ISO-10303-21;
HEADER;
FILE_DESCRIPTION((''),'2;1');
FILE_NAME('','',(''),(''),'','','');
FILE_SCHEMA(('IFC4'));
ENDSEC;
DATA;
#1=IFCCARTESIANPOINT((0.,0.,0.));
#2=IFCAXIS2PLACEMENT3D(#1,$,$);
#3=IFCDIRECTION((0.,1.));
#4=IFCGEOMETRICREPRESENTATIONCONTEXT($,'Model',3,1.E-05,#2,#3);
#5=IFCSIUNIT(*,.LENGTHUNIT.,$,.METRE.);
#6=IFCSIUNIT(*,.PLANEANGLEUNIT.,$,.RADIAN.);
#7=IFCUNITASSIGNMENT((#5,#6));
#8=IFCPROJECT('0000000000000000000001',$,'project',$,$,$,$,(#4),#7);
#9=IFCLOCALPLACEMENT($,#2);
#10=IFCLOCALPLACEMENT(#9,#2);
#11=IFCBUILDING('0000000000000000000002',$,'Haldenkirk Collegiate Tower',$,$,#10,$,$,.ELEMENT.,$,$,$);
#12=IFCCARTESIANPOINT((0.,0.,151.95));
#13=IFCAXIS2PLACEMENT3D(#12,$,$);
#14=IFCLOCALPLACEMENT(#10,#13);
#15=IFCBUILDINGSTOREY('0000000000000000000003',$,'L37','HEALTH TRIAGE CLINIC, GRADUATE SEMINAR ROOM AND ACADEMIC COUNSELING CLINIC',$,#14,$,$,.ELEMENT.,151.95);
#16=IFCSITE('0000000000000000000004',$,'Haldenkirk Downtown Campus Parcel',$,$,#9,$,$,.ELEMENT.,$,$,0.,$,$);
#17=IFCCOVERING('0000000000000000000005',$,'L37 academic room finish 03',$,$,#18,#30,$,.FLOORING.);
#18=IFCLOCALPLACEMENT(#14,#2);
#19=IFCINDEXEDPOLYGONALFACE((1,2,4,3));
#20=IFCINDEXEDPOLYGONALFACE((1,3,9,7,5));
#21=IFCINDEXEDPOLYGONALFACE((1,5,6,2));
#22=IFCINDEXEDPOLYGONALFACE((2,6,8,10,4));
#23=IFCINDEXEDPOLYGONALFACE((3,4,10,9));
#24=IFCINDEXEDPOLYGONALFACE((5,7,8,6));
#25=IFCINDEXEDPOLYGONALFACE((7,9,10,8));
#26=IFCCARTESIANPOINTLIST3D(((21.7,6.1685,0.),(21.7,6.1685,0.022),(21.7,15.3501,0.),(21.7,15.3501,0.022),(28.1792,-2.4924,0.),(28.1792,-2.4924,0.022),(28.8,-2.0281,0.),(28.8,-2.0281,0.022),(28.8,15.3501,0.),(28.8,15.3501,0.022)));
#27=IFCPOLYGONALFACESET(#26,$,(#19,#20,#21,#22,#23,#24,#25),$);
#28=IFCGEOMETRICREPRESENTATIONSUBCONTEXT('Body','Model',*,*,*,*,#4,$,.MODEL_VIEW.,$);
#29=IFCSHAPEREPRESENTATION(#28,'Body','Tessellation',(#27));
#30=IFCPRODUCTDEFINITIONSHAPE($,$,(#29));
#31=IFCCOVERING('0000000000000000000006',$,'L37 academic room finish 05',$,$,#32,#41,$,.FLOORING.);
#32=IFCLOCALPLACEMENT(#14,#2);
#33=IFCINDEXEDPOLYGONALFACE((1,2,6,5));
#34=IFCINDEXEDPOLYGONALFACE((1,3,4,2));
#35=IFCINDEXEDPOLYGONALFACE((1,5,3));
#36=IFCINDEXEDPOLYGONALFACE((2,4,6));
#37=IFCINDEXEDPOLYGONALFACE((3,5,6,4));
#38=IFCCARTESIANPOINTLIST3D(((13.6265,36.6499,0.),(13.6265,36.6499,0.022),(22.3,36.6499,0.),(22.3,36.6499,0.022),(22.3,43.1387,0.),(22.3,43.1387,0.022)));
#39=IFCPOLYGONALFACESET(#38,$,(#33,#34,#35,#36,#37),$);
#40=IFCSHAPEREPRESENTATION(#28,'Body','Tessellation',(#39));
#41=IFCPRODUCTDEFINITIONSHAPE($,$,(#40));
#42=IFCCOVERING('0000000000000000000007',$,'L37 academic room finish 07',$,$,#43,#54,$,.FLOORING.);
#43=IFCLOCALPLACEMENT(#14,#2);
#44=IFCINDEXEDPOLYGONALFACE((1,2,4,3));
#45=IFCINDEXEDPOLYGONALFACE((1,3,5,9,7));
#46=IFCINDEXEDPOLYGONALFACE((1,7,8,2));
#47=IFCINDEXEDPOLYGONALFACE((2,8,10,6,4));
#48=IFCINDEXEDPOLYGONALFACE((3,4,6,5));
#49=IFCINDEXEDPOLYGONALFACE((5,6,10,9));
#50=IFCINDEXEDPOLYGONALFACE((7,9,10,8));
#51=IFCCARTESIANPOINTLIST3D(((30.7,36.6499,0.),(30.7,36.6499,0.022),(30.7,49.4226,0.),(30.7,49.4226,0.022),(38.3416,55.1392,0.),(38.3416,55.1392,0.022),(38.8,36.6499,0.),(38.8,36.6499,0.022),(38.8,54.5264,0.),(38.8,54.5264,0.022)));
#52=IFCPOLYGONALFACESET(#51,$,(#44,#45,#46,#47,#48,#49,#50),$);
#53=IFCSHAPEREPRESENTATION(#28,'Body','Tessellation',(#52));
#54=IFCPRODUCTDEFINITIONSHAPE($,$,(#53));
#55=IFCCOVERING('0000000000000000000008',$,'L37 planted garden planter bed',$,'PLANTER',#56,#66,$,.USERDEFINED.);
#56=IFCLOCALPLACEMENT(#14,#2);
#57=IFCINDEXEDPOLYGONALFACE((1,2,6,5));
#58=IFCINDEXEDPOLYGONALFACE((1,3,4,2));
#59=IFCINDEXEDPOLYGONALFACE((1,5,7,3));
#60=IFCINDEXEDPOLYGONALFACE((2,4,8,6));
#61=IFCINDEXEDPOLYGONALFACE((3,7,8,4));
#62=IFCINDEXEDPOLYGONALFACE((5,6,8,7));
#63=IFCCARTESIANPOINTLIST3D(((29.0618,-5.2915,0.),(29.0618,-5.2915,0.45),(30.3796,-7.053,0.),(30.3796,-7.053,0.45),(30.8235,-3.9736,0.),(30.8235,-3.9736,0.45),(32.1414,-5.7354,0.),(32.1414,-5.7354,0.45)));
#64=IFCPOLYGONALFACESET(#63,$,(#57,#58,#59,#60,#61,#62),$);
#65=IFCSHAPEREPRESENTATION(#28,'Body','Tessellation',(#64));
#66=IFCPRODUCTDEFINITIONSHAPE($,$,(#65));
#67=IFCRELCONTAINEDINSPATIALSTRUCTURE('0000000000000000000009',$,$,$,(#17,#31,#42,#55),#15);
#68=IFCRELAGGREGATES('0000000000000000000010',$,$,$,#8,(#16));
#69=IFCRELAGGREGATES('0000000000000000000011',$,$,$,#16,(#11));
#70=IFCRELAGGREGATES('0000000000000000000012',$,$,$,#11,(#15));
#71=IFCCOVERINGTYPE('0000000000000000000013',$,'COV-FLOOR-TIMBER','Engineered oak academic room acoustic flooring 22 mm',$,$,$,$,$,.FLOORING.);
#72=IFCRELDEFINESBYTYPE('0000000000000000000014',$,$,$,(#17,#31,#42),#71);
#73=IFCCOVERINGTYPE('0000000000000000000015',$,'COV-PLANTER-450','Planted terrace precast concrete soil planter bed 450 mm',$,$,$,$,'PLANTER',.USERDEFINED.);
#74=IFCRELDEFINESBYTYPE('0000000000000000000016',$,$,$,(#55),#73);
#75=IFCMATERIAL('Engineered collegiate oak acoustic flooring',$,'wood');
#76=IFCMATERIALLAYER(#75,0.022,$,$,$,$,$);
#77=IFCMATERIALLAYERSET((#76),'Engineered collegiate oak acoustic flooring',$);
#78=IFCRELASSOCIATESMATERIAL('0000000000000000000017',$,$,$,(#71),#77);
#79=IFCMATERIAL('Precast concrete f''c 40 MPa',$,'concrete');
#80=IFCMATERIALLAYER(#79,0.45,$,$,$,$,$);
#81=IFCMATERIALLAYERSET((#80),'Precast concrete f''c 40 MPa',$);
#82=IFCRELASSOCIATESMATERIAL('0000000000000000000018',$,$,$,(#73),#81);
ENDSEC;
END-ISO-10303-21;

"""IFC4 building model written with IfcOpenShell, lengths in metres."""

from ifc_helpers import new_model, si_unit, direction, frame, origin, place, context, subcontext, project, spatial, polyline, outline, extrude, material, layer, layer_set, type_object, element, save


model = new_model("IFC4")

# Units and contexts
model_context = context("Model", 3, precision=1e-05, world=origin(), true_north=direction((0.0, 1.0)))
body_context = subcontext(model_context, "Body", "Model", "MODEL_VIEW")
ifc_project = project(units=[si_unit("LENGTHUNIT", "METRE"), si_unit("PLANEANGLEUNIT", "RADIAN")], contexts=[model_context])

# Site, building, storey
site_placement = place(None, origin())
site = spatial("IfcSite", under=ifc_project, at=site_placement, Name="Haldenkirk Downtown Campus Parcel", CompositionType="ELEMENT", RefElevation=0.0)
building_placement = place(site_placement, origin())
building = spatial("IfcBuilding", under=site, at=building_placement, Name="Haldenkirk Collegiate Tower", CompositionType="ELEMENT")
storey_placement = place(building_placement, frame((0.0, 0.0, 151.95)))
storey = spatial("IfcBuildingStorey", under=building, at=storey_placement, Name="L37", Description="HEALTH TRIAGE CLINIC, GRADUATE SEMINAR ROOM AND ACADEMIC COUNSELING CLINIC", CompositionType="ELEMENT", Elevation=151.95)

# Coverings
ifc_material_1 = material(Name="Engineered collegiate oak acoustic flooring", Category="wood")
ifc_layer_1 = layer(ifc_material_1, 0.022)
ifc_layer_set_1 = layer_set([ifc_layer_1], Name="Engineered collegiate oak acoustic flooring")
covering_type_1 = type_object("IfcCoveringType", Name="COV-FLOOR-TIMBER", Description="Engineered oak academic room acoustic flooring 22 mm", PredefinedType="FLOORING", material=ifc_layer_set_1)
covering_1_placement = place(storey_placement, origin())
element("IfcCovering", 1, at=covering_1_placement, inside=storey, type_object=covering_type_1, Name="L37 academic room finish 03", PredefinedType="FLOORING", context=body_context, shape_type="SweptSolid", body=[
    extrude(outline(polyline([(28.1792, -2.4924), (21.7, 6.1685), (21.7, 15.3501), (28.8, 15.3501), (28.8, -2.0281), (28.1792, -2.4924)])), origin(), (0.0, 0.0, 1.0), 0.022),
])
covering_2_placement = place(storey_placement, origin())
element("IfcCovering", 2, at=covering_2_placement, inside=storey, type_object=covering_type_1, Name="L37 academic room finish 05", PredefinedType="FLOORING", context=body_context, shape_type="SweptSolid", body=[
    extrude(outline(polyline([(22.3, 43.1387), (22.3, 36.6499), (13.6265, 36.6499), (22.3, 43.1387)])), origin(), (0.0, 0.0, 1.0), 0.022),
])
covering_3_placement = place(storey_placement, origin())
element("IfcCovering", 3, at=covering_3_placement, inside=storey, type_object=covering_type_1, Name="L37 academic room finish 07", PredefinedType="FLOORING", context=body_context, shape_type="SweptSolid", body=[
    extrude(outline(polyline([(38.8, 54.5264), (38.8, 36.6499), (30.7, 36.6499), (30.7, 49.4226), (38.3416, 55.1392), (38.8, 54.5264)])), origin(), (0.0, 0.0, 1.0), 0.022),
])
ifc_material_2 = material(Name="Precast concrete f'c 40 MPa", Category="concrete")
ifc_layer_2 = layer(ifc_material_2, 0.45)
ifc_layer_set_2 = layer_set([ifc_layer_2], Name="Precast concrete f'c 40 MPa")
covering_type_2 = type_object("IfcCoveringType", Name="COV-PLANTER-450", Description="Planted terrace precast concrete soil planter bed 450 mm", ElementType="PLANTER", PredefinedType="USERDEFINED", material=ifc_layer_set_2)
covering_4_placement = place(storey_placement, origin())
element("IfcCovering", 4, at=covering_4_placement, inside=storey, type_object=covering_type_2, Name="L37 planted garden planter bed", ObjectType="PLANTER", PredefinedType="USERDEFINED", context=body_context, shape_type="SweptSolid", body=[
    extrude(outline(polyline([(30.3796, -7.053), (29.0618, -5.2915), (30.8235, -3.9736), (32.1414, -5.7354), (30.3796, -7.053)])), origin(), (0.0, 0.0, 1.0), 0.45),
])

save(model, "model.ifc")
